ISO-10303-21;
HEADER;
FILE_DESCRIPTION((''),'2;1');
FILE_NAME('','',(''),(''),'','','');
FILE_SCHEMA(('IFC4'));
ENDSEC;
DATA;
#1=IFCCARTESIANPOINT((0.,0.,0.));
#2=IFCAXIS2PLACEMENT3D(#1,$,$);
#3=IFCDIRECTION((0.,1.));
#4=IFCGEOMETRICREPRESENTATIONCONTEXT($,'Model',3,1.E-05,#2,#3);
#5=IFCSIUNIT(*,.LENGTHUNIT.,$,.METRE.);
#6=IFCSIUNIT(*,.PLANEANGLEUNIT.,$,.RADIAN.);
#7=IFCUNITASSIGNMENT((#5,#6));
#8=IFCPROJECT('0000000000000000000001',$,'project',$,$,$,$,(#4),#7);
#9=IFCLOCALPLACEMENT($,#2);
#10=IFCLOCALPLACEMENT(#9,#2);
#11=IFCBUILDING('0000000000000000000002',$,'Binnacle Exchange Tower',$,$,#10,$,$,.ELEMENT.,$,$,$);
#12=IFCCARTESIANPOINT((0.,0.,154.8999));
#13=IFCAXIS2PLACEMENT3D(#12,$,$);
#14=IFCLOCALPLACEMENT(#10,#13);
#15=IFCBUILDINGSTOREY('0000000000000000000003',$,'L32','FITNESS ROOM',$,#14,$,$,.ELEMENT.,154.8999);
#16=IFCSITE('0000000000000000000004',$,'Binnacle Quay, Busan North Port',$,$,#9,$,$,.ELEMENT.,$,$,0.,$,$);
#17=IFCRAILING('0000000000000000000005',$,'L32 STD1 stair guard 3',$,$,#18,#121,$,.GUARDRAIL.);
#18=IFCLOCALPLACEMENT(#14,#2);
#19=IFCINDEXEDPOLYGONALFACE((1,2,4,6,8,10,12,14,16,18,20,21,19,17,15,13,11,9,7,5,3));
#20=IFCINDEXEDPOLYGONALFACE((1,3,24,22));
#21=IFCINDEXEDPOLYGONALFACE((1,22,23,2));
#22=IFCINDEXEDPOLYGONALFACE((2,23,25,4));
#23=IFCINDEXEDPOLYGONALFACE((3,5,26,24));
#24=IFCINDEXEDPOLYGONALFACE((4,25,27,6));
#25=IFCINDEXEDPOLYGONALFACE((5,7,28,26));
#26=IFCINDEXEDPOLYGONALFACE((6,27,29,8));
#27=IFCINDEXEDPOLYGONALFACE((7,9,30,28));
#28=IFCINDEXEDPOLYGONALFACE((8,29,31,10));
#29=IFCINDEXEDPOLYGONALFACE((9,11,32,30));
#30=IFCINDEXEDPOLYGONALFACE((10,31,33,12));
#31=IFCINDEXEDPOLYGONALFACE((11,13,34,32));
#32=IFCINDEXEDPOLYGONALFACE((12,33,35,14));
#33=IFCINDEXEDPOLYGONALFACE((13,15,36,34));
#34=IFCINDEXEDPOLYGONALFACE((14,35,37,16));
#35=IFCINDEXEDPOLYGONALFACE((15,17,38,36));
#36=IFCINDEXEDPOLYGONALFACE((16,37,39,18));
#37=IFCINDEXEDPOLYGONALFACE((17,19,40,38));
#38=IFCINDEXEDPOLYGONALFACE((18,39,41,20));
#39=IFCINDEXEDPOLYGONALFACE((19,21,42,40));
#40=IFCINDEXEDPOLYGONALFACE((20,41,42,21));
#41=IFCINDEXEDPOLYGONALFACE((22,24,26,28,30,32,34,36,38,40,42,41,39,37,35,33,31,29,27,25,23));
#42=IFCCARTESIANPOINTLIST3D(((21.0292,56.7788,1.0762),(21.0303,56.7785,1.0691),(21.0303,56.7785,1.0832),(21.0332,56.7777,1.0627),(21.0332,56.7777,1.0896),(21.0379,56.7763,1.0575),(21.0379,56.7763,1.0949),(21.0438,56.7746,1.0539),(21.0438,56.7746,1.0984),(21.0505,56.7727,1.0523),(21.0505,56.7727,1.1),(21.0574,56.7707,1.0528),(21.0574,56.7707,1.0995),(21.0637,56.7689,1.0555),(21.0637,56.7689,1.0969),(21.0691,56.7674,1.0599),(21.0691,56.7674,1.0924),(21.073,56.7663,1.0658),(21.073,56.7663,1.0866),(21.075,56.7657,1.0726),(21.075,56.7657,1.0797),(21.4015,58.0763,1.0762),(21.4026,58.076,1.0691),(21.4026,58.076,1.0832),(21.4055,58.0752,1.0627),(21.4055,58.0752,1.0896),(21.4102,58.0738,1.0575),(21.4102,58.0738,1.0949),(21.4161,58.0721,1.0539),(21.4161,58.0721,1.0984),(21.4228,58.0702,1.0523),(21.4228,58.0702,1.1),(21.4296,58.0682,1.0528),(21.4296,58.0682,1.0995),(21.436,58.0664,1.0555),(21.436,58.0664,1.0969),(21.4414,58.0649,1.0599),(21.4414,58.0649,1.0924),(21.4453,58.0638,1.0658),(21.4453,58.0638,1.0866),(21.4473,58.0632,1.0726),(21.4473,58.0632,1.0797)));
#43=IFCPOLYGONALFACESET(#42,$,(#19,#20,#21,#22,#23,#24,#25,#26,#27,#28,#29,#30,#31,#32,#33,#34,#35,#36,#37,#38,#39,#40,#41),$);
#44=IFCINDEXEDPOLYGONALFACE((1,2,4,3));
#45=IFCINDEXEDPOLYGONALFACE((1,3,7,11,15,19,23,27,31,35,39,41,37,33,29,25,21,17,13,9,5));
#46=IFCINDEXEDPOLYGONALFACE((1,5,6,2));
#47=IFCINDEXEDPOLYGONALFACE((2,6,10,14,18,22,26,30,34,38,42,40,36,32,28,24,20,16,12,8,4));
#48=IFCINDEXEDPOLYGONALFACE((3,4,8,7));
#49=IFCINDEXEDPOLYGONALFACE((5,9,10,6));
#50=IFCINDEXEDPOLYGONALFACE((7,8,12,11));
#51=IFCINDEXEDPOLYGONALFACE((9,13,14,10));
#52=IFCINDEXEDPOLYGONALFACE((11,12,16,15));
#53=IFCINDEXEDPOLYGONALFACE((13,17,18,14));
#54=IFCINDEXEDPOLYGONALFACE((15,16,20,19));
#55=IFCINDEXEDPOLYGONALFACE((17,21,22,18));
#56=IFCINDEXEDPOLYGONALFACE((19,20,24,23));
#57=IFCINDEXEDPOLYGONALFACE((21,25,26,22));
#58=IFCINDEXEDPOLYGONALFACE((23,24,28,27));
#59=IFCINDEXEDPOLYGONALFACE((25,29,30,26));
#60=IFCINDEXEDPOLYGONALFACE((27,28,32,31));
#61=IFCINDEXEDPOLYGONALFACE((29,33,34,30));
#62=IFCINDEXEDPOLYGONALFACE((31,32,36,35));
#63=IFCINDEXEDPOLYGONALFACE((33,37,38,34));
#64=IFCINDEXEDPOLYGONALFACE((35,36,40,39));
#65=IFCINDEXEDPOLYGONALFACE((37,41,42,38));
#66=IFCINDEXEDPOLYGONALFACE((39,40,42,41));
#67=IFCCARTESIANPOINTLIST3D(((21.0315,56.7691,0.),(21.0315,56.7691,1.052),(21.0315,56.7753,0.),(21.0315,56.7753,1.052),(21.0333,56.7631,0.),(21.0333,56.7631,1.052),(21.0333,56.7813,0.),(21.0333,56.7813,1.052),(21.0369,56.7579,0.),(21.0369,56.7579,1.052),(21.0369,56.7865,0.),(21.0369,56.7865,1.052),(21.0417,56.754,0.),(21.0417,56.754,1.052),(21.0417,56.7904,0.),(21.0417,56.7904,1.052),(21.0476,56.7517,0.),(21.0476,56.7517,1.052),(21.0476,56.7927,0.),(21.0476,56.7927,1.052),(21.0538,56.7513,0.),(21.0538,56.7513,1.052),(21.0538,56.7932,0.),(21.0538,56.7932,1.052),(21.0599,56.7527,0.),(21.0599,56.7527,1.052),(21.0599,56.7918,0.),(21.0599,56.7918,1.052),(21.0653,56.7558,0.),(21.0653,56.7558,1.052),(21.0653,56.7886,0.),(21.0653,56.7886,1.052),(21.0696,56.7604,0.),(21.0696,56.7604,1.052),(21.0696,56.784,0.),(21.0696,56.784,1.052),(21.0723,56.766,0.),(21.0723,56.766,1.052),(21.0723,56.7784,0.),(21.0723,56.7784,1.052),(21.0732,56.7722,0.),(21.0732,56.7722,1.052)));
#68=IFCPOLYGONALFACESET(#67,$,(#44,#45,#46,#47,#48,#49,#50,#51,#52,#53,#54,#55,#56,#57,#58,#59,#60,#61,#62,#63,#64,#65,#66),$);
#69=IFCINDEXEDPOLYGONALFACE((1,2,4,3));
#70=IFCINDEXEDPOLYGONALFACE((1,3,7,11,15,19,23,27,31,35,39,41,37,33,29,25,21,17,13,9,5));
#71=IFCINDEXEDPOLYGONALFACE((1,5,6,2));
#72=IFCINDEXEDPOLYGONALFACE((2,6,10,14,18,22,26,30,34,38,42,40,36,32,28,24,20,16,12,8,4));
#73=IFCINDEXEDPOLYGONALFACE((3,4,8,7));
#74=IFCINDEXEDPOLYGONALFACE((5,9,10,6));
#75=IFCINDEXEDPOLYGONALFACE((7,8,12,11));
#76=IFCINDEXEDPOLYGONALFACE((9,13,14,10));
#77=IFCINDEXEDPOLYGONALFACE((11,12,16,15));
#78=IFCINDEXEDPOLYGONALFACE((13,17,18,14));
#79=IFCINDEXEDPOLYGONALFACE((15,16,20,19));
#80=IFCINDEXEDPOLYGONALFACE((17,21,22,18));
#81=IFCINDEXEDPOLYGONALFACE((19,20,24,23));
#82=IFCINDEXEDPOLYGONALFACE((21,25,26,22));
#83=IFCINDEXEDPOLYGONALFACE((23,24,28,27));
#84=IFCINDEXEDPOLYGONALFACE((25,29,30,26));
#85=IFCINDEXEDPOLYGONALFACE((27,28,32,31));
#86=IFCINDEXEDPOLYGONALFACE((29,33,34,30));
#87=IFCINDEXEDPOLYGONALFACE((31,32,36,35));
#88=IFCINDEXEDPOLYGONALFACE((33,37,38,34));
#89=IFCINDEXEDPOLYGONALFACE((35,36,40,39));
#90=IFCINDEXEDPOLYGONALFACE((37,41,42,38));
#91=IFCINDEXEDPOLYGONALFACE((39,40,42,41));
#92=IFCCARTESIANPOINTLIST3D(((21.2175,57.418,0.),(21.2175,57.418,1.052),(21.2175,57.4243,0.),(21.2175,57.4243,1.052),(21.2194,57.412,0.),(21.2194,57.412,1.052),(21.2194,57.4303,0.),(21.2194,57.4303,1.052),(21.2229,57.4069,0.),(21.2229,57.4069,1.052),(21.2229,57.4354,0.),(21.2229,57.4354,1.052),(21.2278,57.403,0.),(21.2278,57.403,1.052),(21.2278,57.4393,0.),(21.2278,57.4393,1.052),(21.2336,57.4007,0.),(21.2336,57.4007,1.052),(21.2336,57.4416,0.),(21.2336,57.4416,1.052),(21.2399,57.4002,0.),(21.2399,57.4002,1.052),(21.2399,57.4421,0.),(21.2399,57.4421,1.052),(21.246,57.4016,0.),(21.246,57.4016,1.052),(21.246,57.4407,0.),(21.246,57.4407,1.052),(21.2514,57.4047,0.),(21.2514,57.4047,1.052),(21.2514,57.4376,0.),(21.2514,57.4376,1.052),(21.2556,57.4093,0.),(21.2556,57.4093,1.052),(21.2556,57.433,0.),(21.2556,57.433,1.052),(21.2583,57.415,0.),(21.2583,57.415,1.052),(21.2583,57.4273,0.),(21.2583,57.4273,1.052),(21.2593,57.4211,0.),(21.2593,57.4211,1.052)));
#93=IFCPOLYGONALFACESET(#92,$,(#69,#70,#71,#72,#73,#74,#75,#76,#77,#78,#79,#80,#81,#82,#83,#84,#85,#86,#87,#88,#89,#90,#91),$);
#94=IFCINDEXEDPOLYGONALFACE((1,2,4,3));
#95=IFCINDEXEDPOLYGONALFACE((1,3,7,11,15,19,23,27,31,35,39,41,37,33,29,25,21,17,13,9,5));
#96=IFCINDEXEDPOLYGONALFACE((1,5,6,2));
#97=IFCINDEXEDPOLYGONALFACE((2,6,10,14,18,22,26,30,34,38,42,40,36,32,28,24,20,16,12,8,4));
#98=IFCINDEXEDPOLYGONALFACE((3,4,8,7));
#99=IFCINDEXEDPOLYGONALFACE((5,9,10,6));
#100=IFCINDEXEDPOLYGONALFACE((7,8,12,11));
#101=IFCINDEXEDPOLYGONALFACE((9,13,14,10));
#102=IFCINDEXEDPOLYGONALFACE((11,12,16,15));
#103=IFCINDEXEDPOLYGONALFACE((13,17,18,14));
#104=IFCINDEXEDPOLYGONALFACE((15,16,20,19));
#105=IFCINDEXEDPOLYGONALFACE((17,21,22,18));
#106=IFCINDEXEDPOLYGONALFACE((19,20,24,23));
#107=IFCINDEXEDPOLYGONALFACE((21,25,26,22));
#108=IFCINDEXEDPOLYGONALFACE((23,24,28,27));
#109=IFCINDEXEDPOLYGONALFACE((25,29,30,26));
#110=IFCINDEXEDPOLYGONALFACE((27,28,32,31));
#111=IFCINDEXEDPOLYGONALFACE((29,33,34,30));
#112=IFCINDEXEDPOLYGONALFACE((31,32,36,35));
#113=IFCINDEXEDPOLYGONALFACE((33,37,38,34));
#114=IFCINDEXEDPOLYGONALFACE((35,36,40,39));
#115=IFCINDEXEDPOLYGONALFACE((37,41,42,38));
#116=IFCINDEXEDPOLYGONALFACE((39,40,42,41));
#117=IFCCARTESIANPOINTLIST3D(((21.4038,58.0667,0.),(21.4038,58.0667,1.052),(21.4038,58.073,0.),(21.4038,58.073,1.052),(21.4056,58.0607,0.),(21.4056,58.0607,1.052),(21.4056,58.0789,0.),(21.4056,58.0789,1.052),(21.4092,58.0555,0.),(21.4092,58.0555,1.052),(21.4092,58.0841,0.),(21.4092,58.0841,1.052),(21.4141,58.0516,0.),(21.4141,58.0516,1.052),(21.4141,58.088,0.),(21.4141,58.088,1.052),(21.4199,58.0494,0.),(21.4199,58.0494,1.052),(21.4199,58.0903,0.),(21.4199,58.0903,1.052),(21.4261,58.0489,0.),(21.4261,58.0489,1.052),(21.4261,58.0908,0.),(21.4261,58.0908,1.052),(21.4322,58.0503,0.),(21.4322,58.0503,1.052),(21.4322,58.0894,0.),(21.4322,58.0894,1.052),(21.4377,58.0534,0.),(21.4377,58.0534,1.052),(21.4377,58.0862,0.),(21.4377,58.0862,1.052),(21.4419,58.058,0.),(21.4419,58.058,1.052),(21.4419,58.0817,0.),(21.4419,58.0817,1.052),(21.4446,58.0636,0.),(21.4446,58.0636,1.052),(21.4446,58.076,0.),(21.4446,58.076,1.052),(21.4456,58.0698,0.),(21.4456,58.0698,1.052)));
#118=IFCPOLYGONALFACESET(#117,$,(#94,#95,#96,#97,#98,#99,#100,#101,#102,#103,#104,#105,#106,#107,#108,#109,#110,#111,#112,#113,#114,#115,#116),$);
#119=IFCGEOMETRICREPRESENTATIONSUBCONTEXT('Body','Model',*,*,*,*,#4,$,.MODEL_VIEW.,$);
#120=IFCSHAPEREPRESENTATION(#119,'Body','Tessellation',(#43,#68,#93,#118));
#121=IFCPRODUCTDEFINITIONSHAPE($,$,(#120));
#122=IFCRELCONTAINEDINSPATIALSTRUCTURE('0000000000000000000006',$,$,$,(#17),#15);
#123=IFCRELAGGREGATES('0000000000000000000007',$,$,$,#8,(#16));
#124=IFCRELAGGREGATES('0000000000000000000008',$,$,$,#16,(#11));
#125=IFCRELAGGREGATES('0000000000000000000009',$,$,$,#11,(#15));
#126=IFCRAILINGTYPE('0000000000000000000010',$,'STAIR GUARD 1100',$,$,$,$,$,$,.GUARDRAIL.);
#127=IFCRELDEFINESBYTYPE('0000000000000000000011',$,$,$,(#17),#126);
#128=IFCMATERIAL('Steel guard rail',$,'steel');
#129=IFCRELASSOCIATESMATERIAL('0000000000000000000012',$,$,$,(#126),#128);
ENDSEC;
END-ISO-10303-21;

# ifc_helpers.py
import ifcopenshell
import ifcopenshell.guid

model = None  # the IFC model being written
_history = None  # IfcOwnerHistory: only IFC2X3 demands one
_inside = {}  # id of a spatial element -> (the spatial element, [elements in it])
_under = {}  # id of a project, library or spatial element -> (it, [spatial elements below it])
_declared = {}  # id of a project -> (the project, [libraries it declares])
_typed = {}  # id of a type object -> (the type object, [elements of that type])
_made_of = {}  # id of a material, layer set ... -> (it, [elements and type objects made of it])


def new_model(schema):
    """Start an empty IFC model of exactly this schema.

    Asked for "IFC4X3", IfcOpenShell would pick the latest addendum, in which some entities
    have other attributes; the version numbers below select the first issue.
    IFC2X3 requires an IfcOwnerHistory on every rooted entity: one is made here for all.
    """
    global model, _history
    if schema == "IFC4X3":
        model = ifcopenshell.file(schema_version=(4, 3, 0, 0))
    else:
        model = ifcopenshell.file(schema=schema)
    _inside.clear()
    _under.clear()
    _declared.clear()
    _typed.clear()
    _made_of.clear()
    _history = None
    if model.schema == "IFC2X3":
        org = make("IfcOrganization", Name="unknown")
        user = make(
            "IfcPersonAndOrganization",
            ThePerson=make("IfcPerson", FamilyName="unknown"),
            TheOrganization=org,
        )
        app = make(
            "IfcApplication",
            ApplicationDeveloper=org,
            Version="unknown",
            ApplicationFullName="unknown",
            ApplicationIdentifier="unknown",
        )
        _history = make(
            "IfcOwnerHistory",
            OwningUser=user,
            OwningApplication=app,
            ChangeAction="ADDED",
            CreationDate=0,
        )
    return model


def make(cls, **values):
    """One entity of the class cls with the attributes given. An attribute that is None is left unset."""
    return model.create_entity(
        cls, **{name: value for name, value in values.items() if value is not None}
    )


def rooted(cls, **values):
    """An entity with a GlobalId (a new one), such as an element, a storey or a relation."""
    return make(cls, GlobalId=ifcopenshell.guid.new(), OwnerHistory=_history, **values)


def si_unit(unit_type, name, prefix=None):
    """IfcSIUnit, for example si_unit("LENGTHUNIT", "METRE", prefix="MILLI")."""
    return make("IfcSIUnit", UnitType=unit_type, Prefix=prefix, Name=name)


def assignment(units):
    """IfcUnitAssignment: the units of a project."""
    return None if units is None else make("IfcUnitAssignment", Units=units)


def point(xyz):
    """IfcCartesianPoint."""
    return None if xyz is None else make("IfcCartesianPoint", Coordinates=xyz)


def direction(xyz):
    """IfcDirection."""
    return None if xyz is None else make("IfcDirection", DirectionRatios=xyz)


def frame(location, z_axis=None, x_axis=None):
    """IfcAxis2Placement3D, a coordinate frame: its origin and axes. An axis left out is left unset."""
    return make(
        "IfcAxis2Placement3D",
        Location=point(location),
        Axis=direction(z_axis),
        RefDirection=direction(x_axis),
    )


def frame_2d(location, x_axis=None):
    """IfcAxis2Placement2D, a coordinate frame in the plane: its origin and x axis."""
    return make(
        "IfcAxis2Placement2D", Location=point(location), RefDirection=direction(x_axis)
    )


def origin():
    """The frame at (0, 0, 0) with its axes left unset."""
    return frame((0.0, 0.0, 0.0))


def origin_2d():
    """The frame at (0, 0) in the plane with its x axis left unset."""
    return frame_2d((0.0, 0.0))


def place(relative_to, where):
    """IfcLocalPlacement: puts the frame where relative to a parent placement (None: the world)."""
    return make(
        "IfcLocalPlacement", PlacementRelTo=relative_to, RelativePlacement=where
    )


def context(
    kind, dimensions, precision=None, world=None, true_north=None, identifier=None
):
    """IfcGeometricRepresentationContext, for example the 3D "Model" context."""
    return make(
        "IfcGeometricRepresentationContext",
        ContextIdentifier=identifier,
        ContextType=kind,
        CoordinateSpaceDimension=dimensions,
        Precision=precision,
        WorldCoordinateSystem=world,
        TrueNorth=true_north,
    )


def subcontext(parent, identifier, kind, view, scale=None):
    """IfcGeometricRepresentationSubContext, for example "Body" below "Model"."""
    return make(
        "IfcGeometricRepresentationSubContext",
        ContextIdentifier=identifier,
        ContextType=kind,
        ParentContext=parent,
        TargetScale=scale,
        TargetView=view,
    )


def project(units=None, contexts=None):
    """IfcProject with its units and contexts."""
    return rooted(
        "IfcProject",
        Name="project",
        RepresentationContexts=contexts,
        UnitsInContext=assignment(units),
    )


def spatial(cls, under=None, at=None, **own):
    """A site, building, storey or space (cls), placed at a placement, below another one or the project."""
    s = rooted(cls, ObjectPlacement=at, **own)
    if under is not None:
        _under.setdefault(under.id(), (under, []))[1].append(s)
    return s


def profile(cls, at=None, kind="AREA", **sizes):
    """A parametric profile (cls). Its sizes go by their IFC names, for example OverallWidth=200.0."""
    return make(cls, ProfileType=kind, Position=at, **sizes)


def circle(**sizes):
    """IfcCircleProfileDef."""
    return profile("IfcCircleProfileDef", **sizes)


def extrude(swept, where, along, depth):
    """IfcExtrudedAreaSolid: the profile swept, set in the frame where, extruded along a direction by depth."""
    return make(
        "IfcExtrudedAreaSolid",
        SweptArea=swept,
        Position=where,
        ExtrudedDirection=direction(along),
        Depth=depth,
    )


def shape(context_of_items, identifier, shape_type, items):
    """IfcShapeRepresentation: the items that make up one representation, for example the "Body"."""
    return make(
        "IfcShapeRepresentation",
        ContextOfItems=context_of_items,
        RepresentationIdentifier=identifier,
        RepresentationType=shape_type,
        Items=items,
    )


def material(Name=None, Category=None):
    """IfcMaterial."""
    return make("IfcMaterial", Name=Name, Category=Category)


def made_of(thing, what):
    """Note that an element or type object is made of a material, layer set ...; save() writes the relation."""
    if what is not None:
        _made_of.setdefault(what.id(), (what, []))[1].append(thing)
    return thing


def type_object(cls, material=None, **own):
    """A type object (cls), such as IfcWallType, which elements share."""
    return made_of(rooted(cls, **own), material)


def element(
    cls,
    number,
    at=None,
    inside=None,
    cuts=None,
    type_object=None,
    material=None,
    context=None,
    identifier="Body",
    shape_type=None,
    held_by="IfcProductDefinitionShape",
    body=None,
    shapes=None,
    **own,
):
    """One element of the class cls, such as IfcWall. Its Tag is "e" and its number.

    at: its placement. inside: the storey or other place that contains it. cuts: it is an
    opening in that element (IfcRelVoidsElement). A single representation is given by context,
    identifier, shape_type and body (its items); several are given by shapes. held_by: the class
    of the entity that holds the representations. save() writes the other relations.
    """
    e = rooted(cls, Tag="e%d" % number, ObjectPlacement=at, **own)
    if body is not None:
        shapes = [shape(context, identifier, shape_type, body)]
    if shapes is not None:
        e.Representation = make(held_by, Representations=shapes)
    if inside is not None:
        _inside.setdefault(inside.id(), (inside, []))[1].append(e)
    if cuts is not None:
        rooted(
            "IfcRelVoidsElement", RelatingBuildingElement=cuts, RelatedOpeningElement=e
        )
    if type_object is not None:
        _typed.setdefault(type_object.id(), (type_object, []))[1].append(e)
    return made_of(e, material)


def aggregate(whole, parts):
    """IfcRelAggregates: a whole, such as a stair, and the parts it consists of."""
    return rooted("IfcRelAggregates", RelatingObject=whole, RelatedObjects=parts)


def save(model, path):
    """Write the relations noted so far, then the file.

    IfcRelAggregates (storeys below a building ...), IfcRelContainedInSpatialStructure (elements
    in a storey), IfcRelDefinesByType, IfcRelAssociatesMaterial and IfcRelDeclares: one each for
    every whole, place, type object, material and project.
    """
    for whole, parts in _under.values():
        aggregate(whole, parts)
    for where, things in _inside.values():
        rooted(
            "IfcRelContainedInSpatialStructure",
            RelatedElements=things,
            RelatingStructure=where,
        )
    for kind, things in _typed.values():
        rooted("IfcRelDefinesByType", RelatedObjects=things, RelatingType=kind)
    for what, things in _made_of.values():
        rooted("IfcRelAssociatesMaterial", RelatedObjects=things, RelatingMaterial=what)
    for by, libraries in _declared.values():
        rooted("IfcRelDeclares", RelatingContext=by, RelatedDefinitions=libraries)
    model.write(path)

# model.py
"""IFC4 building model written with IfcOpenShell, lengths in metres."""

from ifc_helpers import new_model, si_unit, direction, frame, origin, origin_2d, place, context, subcontext, project, spatial, circle, extrude, material, type_object, element, save


model = new_model("IFC4")

# Units and contexts
model_context = context("Model", 3, precision=1e-05, world=origin(), true_north=direction((0.0, 1.0)))
body_context = subcontext(model_context, "Body", "Model", "MODEL_VIEW")
ifc_project = project(units=[si_unit("LENGTHUNIT", "METRE"), si_unit("PLANEANGLEUNIT", "RADIAN")], contexts=[model_context])

# Site, building, storey
site_placement = place(None, origin())
site = spatial("IfcSite", under=ifc_project, at=site_placement, Name="Binnacle Quay, Busan North Port", CompositionType="ELEMENT", RefElevation=0.0)
building_placement = place(site_placement, origin())
building = spatial("IfcBuilding", under=site, at=building_placement, Name="Binnacle Exchange Tower", CompositionType="ELEMENT")
storey_placement = place(building_placement, frame((0.0, 0.0, 154.8999)))
storey = spatial("IfcBuildingStorey", under=building, at=storey_placement, Name="L32", Description="FITNESS ROOM", CompositionType="ELEMENT", Elevation=154.8999)

# Railing
ifc_material_1 = material(Name="Steel guard rail", Category="steel")
railing_type_1 = type_object("IfcRailingType", Name="STAIR GUARD 1100", PredefinedType="GUARDRAIL", material=ifc_material_1)
railing_1_placement = place(storey_placement, frame((21.0522, 56.7722, 0.0)))
element("IfcRailing", 1, at=railing_1_placement, inside=storey, type_object=railing_type_1, Name="L32 STD1 stair guard 3", PredefinedType="GUARDRAIL", context=body_context, shape_type="SweptSolid", body=[
    extrude(circle(Radius=0.0239, at=origin_2d()), frame((0.0, 0.0, 1.0762), z_axis=(0.275796, 0.961216, 0.0), x_axis=(-0.961216, 0.275796, 0.0)), (0.0, 0.0, 1.0), 1.3499),
    extrude(circle(Radius=0.021, at=origin_2d()), origin(), (0.0, 0.0, 1.0), 1.052),
    extrude(circle(Radius=0.021, at=origin_2d()), frame((0.186, 0.6489, 0.0)), (0.0, 0.0, 1.0), 1.052),
    extrude(circle(Radius=0.021, at=origin_2d()), frame((0.3723, 1.2976, 0.0)), (0.0, 0.0, 1.0), 1.052),
])

save(model, "model.ifc")
